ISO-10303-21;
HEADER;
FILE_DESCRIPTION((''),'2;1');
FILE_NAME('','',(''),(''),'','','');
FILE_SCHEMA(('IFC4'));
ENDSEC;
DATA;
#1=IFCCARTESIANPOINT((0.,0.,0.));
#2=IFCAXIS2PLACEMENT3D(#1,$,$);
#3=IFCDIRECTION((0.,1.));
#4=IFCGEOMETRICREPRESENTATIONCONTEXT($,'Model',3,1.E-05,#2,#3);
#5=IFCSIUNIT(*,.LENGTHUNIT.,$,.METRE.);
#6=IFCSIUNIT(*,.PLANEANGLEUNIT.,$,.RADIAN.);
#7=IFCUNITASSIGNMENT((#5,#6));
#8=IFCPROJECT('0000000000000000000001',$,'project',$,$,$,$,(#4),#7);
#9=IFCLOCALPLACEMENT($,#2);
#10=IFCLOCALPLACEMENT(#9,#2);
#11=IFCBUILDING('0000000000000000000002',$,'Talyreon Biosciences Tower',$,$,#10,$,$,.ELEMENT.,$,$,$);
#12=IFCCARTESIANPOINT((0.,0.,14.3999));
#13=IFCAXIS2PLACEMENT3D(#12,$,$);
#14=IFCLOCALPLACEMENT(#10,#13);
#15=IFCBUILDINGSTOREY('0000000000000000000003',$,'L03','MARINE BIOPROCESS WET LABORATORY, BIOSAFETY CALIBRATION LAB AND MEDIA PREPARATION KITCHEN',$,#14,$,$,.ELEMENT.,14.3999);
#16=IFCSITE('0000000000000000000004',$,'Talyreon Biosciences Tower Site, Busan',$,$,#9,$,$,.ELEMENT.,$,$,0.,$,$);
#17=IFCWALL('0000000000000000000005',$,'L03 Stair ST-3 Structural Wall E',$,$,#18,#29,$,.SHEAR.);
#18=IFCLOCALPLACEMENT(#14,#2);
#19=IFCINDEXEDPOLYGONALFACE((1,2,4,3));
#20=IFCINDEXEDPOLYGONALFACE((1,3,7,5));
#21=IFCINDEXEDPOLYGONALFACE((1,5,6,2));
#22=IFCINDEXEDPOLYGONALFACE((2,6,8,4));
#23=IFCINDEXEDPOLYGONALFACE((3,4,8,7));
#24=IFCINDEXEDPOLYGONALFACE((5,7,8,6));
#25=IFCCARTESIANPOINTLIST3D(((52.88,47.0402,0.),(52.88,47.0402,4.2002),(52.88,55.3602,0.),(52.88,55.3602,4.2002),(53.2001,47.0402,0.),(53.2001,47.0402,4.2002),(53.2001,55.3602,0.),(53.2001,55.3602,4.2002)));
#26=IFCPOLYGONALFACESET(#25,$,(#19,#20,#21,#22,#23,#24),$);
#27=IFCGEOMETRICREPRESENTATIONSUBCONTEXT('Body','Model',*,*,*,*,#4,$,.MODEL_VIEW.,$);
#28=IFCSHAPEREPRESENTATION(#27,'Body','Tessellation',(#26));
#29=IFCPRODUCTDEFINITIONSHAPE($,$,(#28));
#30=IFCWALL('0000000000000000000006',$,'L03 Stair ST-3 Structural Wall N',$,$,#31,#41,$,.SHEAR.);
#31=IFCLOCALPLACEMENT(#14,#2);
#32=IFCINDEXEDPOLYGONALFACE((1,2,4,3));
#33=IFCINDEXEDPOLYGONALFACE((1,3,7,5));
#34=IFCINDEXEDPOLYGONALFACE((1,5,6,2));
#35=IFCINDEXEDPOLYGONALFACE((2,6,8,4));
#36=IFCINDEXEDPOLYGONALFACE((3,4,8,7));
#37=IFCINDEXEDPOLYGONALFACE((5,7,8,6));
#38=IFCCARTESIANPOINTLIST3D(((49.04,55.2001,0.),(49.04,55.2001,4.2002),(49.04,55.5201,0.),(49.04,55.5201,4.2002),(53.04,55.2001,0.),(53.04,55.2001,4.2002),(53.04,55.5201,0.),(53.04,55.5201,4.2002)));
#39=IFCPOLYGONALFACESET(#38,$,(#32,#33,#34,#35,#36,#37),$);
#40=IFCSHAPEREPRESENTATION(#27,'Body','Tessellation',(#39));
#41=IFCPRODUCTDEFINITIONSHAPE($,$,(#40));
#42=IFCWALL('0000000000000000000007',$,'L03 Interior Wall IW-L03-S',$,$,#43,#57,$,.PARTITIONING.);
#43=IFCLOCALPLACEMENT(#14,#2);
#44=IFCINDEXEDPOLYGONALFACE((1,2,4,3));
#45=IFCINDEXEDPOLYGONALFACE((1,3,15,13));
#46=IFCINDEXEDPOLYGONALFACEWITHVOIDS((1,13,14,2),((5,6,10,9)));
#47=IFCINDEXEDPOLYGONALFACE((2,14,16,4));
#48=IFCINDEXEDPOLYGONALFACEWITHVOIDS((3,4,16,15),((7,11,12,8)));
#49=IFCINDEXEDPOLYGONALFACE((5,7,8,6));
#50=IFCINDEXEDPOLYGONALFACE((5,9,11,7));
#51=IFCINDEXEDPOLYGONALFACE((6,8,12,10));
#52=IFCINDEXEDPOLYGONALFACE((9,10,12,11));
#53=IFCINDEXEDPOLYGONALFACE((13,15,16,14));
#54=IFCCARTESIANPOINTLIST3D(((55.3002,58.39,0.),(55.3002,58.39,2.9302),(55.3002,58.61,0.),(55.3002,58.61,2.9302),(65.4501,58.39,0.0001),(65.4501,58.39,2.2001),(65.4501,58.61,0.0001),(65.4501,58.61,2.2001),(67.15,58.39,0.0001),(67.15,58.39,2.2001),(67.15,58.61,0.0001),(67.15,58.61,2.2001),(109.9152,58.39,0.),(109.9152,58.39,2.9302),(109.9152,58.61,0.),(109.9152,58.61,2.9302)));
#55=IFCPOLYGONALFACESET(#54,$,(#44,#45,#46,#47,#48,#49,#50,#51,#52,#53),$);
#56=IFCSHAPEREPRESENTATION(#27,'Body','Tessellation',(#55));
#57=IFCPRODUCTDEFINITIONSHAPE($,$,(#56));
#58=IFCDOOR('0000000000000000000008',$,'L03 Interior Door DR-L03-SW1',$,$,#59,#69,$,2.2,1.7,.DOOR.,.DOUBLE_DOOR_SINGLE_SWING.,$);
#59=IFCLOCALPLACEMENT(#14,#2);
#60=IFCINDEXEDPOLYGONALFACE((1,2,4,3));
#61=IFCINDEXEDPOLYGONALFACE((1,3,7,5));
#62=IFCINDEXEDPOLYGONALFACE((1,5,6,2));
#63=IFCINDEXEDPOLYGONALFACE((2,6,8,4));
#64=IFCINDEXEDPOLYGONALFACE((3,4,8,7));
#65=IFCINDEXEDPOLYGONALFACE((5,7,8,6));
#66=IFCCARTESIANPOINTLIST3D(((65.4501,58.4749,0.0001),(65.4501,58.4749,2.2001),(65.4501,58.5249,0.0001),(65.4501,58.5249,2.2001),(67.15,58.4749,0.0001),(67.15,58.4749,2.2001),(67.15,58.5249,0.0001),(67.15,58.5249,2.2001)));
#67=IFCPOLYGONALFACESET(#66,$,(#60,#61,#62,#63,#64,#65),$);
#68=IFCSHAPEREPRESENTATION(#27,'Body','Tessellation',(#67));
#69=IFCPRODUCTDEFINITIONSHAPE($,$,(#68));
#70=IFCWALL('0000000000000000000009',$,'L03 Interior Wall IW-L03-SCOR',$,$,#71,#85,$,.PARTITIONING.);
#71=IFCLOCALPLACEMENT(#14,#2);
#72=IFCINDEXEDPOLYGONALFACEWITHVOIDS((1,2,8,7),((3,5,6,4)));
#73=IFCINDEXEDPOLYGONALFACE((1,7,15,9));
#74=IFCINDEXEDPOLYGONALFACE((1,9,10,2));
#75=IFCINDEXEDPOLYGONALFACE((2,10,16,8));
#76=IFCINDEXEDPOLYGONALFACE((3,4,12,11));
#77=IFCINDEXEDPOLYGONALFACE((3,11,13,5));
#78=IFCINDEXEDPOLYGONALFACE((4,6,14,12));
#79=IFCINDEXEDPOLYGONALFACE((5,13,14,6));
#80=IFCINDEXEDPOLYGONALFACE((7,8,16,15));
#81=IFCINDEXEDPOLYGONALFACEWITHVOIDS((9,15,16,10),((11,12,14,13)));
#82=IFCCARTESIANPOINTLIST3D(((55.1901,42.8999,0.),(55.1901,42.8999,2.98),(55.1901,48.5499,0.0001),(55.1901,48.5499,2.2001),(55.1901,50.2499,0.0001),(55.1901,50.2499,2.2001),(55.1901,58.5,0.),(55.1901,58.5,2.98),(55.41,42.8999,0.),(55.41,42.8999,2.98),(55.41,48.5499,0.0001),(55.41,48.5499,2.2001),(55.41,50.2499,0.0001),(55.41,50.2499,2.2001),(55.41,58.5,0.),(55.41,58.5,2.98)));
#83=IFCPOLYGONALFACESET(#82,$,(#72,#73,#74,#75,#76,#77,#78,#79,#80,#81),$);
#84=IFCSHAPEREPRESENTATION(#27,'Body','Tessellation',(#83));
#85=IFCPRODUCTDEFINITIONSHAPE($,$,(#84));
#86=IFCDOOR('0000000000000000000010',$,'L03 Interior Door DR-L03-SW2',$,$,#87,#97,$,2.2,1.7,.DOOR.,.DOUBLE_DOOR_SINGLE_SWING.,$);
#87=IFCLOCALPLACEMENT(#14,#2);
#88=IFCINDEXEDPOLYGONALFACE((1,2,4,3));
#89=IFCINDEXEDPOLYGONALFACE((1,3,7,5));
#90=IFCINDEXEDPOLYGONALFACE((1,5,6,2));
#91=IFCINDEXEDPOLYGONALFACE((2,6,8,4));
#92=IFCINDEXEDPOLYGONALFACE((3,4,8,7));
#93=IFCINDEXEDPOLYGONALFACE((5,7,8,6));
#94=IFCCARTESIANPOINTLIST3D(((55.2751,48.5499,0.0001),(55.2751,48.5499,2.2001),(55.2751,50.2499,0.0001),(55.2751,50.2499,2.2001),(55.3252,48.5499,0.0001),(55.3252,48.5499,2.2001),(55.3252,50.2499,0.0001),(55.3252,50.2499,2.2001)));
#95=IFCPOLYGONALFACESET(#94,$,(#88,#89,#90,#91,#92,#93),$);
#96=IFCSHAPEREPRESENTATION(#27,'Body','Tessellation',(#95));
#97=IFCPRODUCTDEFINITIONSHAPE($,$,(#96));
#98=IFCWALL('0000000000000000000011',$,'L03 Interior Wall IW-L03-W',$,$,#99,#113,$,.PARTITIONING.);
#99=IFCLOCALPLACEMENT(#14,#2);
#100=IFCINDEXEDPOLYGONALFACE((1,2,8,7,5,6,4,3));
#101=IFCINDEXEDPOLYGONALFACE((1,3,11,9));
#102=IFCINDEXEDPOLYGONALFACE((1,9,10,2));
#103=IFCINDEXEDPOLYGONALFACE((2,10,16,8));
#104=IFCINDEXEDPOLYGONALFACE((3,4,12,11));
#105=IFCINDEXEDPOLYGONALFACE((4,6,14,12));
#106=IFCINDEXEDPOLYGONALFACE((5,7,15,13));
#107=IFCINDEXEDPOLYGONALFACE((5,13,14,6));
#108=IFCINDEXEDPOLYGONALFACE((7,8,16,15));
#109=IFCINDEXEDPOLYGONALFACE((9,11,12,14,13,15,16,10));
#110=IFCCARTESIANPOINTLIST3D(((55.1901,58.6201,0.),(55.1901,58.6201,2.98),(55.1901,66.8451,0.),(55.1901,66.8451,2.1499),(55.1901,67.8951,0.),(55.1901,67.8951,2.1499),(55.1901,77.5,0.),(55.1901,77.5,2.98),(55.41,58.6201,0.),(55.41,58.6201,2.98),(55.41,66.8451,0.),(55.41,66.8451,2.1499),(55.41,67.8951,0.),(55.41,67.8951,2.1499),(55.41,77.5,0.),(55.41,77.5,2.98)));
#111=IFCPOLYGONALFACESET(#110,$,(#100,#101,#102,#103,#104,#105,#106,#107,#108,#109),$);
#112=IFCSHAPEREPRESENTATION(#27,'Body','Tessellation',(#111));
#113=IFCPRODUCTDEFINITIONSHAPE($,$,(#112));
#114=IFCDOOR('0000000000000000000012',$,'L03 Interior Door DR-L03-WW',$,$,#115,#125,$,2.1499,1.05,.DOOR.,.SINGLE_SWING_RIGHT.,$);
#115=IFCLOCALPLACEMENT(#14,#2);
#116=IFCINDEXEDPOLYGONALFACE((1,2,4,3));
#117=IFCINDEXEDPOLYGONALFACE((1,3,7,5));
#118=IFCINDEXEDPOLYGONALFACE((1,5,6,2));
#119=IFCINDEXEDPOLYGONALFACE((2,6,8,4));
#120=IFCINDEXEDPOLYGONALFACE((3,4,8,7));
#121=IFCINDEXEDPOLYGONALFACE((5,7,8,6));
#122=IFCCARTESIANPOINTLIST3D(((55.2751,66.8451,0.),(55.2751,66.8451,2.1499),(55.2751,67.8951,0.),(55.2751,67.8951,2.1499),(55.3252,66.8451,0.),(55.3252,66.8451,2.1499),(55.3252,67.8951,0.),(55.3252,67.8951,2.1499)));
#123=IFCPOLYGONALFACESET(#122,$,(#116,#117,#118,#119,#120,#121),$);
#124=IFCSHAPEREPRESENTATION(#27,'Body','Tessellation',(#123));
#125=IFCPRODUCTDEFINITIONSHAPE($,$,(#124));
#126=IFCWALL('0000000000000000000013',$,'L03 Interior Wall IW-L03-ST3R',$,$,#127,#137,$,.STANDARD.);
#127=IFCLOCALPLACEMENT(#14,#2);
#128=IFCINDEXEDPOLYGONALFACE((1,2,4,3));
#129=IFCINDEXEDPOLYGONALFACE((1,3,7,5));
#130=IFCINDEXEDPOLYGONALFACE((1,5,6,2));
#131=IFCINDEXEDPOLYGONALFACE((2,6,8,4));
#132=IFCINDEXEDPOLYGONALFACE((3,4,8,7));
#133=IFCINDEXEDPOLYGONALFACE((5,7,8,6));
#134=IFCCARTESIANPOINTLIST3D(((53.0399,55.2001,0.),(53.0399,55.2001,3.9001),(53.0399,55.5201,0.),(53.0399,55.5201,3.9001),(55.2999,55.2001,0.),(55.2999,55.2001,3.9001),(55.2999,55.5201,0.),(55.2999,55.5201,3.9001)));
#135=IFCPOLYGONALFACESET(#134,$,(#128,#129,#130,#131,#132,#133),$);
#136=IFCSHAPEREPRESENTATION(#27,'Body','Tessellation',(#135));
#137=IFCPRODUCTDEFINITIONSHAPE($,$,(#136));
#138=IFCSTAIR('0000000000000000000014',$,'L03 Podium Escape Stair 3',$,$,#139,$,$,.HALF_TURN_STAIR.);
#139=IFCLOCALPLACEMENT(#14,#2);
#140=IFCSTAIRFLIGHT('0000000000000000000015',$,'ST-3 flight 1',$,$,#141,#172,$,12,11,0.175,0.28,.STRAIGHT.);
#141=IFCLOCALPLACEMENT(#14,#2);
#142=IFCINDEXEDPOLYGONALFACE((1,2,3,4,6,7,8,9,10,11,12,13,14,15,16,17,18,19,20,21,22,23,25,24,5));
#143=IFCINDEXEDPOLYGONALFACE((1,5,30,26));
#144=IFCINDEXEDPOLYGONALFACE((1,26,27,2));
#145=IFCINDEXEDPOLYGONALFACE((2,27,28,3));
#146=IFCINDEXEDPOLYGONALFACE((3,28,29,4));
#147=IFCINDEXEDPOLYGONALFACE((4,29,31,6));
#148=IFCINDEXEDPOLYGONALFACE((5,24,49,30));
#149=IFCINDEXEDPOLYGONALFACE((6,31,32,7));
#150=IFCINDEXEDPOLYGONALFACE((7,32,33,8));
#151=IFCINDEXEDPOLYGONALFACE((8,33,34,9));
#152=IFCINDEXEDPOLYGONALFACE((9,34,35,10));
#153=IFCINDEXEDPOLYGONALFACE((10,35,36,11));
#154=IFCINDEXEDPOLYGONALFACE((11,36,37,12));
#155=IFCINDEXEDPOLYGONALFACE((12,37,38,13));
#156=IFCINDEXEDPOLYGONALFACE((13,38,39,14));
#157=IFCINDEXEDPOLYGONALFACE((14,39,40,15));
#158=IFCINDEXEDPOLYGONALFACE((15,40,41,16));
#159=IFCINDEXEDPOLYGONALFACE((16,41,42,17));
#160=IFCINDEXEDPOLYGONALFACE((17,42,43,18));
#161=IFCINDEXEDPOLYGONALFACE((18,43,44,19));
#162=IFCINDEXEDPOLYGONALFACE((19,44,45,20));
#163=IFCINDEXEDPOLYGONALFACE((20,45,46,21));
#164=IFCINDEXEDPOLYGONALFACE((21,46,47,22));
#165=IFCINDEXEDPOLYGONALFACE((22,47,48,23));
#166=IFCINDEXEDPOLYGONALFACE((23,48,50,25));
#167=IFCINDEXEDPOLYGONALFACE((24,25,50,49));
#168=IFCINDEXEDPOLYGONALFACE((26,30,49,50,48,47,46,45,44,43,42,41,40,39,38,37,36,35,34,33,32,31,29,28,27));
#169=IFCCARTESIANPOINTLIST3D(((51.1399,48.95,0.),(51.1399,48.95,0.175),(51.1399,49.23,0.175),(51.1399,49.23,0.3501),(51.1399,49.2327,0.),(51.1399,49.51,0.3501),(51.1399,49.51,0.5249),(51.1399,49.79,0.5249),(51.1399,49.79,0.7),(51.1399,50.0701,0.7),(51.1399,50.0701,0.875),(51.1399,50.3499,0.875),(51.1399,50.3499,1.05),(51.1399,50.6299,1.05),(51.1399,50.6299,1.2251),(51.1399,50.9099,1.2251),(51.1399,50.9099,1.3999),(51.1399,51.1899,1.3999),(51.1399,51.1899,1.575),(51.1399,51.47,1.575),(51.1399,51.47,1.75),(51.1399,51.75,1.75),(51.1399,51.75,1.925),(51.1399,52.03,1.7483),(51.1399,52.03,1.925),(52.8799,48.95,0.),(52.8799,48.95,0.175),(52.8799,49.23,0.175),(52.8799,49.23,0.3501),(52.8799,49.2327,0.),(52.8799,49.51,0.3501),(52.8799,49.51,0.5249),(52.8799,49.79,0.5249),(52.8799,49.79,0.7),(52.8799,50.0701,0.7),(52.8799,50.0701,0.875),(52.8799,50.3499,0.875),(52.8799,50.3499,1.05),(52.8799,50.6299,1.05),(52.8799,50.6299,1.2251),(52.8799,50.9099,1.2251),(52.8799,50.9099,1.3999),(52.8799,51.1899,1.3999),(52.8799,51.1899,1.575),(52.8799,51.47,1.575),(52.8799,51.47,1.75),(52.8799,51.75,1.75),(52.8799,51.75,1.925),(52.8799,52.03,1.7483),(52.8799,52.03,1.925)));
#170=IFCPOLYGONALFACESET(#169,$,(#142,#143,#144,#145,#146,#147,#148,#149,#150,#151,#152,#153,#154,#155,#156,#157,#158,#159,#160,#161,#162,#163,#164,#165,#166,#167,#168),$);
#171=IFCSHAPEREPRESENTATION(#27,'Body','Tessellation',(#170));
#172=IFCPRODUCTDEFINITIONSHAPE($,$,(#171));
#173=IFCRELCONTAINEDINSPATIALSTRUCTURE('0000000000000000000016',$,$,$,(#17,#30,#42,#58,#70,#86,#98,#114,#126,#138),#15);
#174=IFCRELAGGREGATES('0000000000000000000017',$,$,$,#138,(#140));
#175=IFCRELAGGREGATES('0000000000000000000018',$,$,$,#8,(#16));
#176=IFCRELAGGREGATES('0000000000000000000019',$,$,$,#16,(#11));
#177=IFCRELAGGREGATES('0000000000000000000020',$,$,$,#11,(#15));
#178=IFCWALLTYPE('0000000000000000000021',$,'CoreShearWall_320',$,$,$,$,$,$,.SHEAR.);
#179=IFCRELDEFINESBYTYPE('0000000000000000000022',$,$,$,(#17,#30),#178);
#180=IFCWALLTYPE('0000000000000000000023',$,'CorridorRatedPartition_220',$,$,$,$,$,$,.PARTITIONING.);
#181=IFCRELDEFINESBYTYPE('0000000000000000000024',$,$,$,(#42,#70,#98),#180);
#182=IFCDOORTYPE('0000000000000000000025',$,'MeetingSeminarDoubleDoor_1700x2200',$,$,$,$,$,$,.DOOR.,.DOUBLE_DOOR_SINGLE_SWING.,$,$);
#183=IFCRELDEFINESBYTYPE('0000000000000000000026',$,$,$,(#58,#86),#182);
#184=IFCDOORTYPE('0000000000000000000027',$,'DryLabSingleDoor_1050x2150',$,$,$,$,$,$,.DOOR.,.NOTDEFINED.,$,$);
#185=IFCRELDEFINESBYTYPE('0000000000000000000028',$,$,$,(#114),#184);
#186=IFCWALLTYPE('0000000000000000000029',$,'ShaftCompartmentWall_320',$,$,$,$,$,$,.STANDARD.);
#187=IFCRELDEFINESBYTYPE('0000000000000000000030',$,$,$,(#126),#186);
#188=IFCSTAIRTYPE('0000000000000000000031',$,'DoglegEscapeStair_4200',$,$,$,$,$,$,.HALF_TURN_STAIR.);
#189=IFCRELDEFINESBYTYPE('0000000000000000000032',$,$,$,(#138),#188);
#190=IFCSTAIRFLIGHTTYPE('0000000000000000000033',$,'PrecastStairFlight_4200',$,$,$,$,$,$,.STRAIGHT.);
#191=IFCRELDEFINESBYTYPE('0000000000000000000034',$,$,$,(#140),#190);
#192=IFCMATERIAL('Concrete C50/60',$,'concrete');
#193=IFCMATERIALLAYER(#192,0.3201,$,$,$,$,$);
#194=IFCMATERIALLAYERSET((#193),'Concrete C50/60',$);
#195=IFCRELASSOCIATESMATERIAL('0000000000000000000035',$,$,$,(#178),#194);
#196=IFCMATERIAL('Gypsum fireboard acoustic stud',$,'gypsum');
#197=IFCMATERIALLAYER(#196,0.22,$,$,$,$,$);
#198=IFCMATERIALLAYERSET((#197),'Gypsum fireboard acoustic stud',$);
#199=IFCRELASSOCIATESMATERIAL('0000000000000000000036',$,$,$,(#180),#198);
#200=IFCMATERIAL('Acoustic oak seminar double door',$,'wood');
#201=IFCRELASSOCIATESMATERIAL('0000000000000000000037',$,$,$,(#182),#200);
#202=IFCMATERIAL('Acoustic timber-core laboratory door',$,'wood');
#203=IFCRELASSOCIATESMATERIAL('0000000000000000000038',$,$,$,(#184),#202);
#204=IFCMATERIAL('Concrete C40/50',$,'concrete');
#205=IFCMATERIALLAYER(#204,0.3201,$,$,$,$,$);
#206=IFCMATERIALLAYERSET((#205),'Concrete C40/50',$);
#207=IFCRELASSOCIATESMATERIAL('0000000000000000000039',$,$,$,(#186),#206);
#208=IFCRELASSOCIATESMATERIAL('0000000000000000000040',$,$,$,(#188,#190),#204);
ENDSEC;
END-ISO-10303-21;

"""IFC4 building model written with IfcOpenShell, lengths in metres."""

from ifc_helpers import new_model, si_unit, direction, frame, frame_2d, origin, place, context, subcontext, project, spatial, polyline, rectangle, outline, extrude, material, layer, layer_set, type_object, element, fill, aggregate, save


model = new_model("IFC4")

# Units and contexts
model_context = context("Model", 3, precision=1e-05, world=origin(), true_north=direction((0.0, 1.0)))
body_context = subcontext(model_context, "Body", "Model", "MODEL_VIEW")
ifc_project = project(units=[si_unit("LENGTHUNIT", "METRE"), si_unit("PLANEANGLEUNIT", "RADIAN")], contexts=[model_context])

# Site, building, storey
site_placement = place(None, origin())
site = spatial("IfcSite", under=ifc_project, at=site_placement, Name="Talyreon Biosciences Tower Site, Busan", CompositionType="ELEMENT", RefElevation=0.0)
building_placement = place(site_placement, origin())
building = spatial("IfcBuilding", under=site, at=building_placement, Name="Talyreon Biosciences Tower", CompositionType="ELEMENT")
storey_placement = place(building_placement, frame((0.0, 0.0, 14.3999)))
storey = spatial("IfcBuildingStorey", under=building, at=storey_placement, Name="L03", Description="MARINE BIOPROCESS WET LABORATORY, BIOSAFETY CALIBRATION LAB AND MEDIA PREPARATION KITCHEN", CompositionType="ELEMENT", Elevation=14.3999)

# Walls
ifc_material_1 = material(Name="Concrete C50/60", Category="concrete")
ifc_layer_1 = layer(ifc_material_1, 0.3201)
ifc_layer_set_1 = layer_set([ifc_layer_1], Name="Concrete C50/60")
wall_type_1 = type_object("IfcWallType", Name="CoreShearWall_320", PredefinedType="SHEAR", material=ifc_layer_set_1)
wall_1_placement = place(storey_placement, frame((53.04, 47.04, 0.0), z_axis=(0.0, 0.0, 1.0), x_axis=(0.0, 1.0, 0.0)))
element("IfcWall", 1, at=wall_1_placement, inside=storey, type_object=wall_type_1, Name="L03 Stair ST-3 Structural Wall E", PredefinedType="SHEAR", context=body_context, shape_type="SweptSolid", body=[
    extrude(rectangle(XDim=8.3201, YDim=0.3201, at=frame_2d((4.1602, 0.0))), origin(), (0.0, 0.0, 1.0), 4.2002),
])
wall_2_placement = place(storey_placement, frame((49.04, 55.3601, 0.0), z_axis=(0.0, 0.0, 1.0), x_axis=(1.0, 0.0, 0.0)))
element("IfcWall", 2, at=wall_2_placement, inside=storey, type_object=wall_type_1, Name="L03 Stair ST-3 Structural Wall N", PredefinedType="SHEAR", context=body_context, shape_type="SweptSolid", body=[
    extrude(rectangle(XDim=4.0, YDim=0.3201, at=frame_2d((2.0, 0.0))), origin(), (0.0, 0.0, 1.0), 4.2002),
])

# Walls, openings, doors
ifc_material_2 = material(Name="Gypsum fireboard acoustic stud", Category="gypsum")
ifc_layer_2 = layer(ifc_material_2, 0.22)
ifc_layer_set_2 = layer_set([ifc_layer_2], Name="Gypsum fireboard acoustic stud")
wall_type_2 = type_object("IfcWallType", Name="CorridorRatedPartition_220", PredefinedType="PARTITIONING", material=ifc_layer_set_2)
wall_3_placement = place(storey_placement, frame((55.3, 58.5, 0.0), z_axis=(0.0, 0.0, 1.0), x_axis=(1.0, 0.0, 0.0)))
wall_3 = element("IfcWall", 3, at=wall_3_placement, inside=storey, type_object=wall_type_2, Name="L03 Interior Wall IW-L03-S", PredefinedType="PARTITIONING", context=body_context, shape_type="SweptSolid", body=[
    extrude(rectangle(XDim=54.615, YDim=0.22, at=frame_2d((27.3076, 0.0))), origin(), (0.0, 0.0, 1.0), 2.9302),
])
opening_1_placement = place(wall_3_placement, frame((10.1499, 0.0, 0.0)))
opening_1 = element("IfcOpeningElement", 4, at=opening_1_placement, cuts=wall_3, PredefinedType="OPENING", context=body_context, shape_type="SweptSolid", body=[
    extrude(rectangle(XDim=1.7, YDim=2.2, at=frame_2d((0.8501, 1.1001))), frame((0.0, 0.1199, 0.0), z_axis=(0.0, -1.0, 0.0), x_axis=(1.0, 0.0, 0.0)), (0.0, 0.0, 1.0), 0.24),
])
ifc_material_3 = material(Name="Acoustic oak seminar double door", Category="wood")
door_type_1 = type_object("IfcDoorType", Name="MeetingSeminarDoubleDoor_1700x2200", OperationType="DOUBLE_DOOR_SINGLE_SWING", PredefinedType="DOOR", material=ifc_material_3)
door_1_placement = place(opening_1_placement, origin())
door_1 = element("IfcDoor", 5, at=door_1_placement, inside=storey, type_object=door_type_1, Name="L03 Interior Door DR-L03-SW1", OperationType="DOUBLE_DOOR_SINGLE_SWING", OverallHeight=2.2, OverallWidth=1.7, PredefinedType="DOOR", context=body_context, shape_type="SweptSolid", body=[
    extrude(rectangle(XDim=1.7, YDim=2.2, at=frame_2d((0.8501, 1.1001))), frame((0.0, 0.0249, 0.0), z_axis=(0.0, -1.0, 0.0), x_axis=(1.0, 0.0, 0.0)), (0.0, 0.0, 1.0), 0.05),
])
fill(opening_1, door_1)
wall_4_placement = place(storey_placement, frame((55.3, 42.8999, 0.0), z_axis=(0.0, 0.0, 1.0), x_axis=(0.0, 1.0, 0.0)))
wall_4 = element("IfcWall", 6, at=wall_4_placement, inside=storey, type_object=wall_type_2, Name="L03 Interior Wall IW-L03-SCOR", PredefinedType="PARTITIONING", context=body_context, shape_type="SweptSolid", body=[
    extrude(rectangle(XDim=15.6001, YDim=0.22, at=frame_2d((7.8, 0.0))), origin(), (0.0, 0.0, 1.0), 2.98),
])
opening_2_placement = place(wall_4_placement, frame((5.6499, 0.0, 0.0)))
opening_2 = element("IfcOpeningElement", 7, at=opening_2_placement, cuts=wall_4, PredefinedType="OPENING", context=body_context, shape_type="SweptSolid", body=[
    extrude(rectangle(XDim=1.7, YDim=2.2, at=frame_2d((0.8501, 1.1001))), frame((0.0, 0.1199, 0.0), z_axis=(0.0, -1.0, 0.0), x_axis=(1.0, 0.0, 0.0)), (0.0, 0.0, 1.0), 0.24),
])
door_2_placement = place(opening_2_placement, origin())
door_2 = element("IfcDoor", 8, at=door_2_placement, inside=storey, type_object=door_type_1, Name="L03 Interior Door DR-L03-SW2", OperationType="DOUBLE_DOOR_SINGLE_SWING", OverallHeight=2.2, OverallWidth=1.7, PredefinedType="DOOR", context=body_context, shape_type="SweptSolid", body=[
    extrude(rectangle(XDim=1.7, YDim=2.2, at=frame_2d((0.8501, 1.1001))), frame((0.0, 0.0249, 0.0), z_axis=(0.0, -1.0, 0.0), x_axis=(1.0, 0.0, 0.0)), (0.0, 0.0, 1.0), 0.05),
])
fill(opening_2, door_2)
wall_5_placement = place(storey_placement, frame((55.3, 58.6201, 0.0), z_axis=(0.0, 0.0, 1.0), x_axis=(0.0, 1.0, 0.0)))
wall_5 = element("IfcWall", 9, at=wall_5_placement, inside=storey, type_object=wall_type_2, Name="L03 Interior Wall IW-L03-W", PredefinedType="PARTITIONING", context=body_context, shape_type="SweptSolid", body=[
    extrude(rectangle(XDim=18.8799, YDim=0.22, at=frame_2d((9.4399, 0.0))), origin(), (0.0, 0.0, 1.0), 2.98),
])
opening_3_placement = place(wall_5_placement, frame((8.2251, 0.0, 0.0)))
opening_3 = element("IfcOpeningElement", 10, at=opening_3_placement, cuts=wall_5, PredefinedType="OPENING", context=body_context, shape_type="SweptSolid", body=[
    extrude(rectangle(XDim=1.05, YDim=2.1499, at=frame_2d((0.5249, 1.075))), frame((0.0, 0.1199, 0.0), z_axis=(0.0, -1.0, 0.0), x_axis=(1.0, 0.0, 0.0)), (0.0, 0.0, 1.0), 0.24),
])
ifc_material_4 = material(Name="Acoustic timber-core laboratory door", Category="wood")
door_type_2 = type_object("IfcDoorType", Name="DryLabSingleDoor_1050x2150", OperationType="NOTDEFINED", PredefinedType="DOOR", material=ifc_material_4)
door_3_placement = place(opening_3_placement, origin())
door_3 = element("IfcDoor", 11, at=door_3_placement, inside=storey, type_object=door_type_2, Name="L03 Interior Door DR-L03-WW", OperationType="SINGLE_SWING_RIGHT", OverallHeight=2.1499, OverallWidth=1.05, PredefinedType="DOOR", context=body_context, shape_type="SweptSolid", body=[
    extrude(rectangle(XDim=1.05, YDim=2.1499, at=frame_2d((0.5249, 1.075))), frame((0.0, 0.0249, 0.0), z_axis=(0.0, -1.0, 0.0), x_axis=(1.0, 0.0, 0.0)), (0.0, 0.0, 1.0), 0.05),
])
fill(opening_3, door_3)

# Wall
ifc_material_5 = material(Name="Concrete C40/50", Category="concrete")
ifc_layer_3 = layer(ifc_material_5, 0.3201)
ifc_layer_set_3 = layer_set([ifc_layer_3], Name="Concrete C40/50")
wall_type_3 = type_object("IfcWallType", Name="ShaftCompartmentWall_320", PredefinedType="STANDARD", material=ifc_layer_set_3)
wall_6_placement = place(storey_placement, frame((53.04, 55.3601, 0.0), z_axis=(0.0, 0.0, 1.0), x_axis=(1.0, 0.0, 0.0)))
element("IfcWall", 12, at=wall_6_placement, inside=storey, type_object=wall_type_3, Name="L03 Interior Wall IW-L03-ST3R", PredefinedType="STANDARD", context=body_context, shape_type="SweptSolid", body=[
    extrude(rectangle(XDim=2.26, YDim=0.3201, at=frame_2d((1.1299, 0.0))), origin(), (0.0, 0.0, 1.0), 3.9001),
])

# Stair, stair flight
stair_type = type_object("IfcStairType", Name="DoglegEscapeStair_4200", PredefinedType="HALF_TURN_STAIR", material=ifc_material_5)
stair_placement = place(storey_placement, origin())
stair = element("IfcStair", 13, at=stair_placement, inside=storey, type_object=stair_type, Name="L03 Podium Escape Stair 3", PredefinedType="HALF_TURN_STAIR")
stair_flight_type = type_object("IfcStairFlightType", Name="PrecastStairFlight_4200", PredefinedType="STRAIGHT", material=ifc_material_5)
stair_flight_1_placement = place(storey_placement, frame((52.01, 48.95, 0.0), z_axis=(0.0, 0.0, 1.0), x_axis=(0.0, 1.0, 0.0)))
stair_flight_1 = element("IfcStairFlight", 14, at=stair_flight_1_placement, type_object=stair_flight_type, Name="ST-3 flight 1", NumberOfRisers=12, NumberOfTreads=11, PredefinedType="STRAIGHT", RiserHeight=0.175, TreadLength=0.28, context=body_context, shape_type="SweptSolid", body=[
    extrude(outline(polyline([(0.0, 0.0), (0.0, 0.175), (0.28, 0.175), (0.28, 0.3501), (0.5601, 0.3501), (0.5601, 0.5249), (0.8401, 0.5249), (0.8401, 0.7), (1.1201, 0.7), (1.1201, 0.875), (1.3999, 0.875), (1.3999, 1.05), (1.6799, 1.05), (1.6799, 1.2251), (1.96, 1.2251), (1.96, 1.3999), (2.24, 1.3999), (2.24, 1.575), (2.52, 1.575), (2.52, 1.75), (2.8, 1.75), (2.8, 1.925), (3.0801, 1.925), (3.0801, 2.1001), (3.0801, 1.7483), (0.2827, 0.0), (0.0, 0.0)])), frame((0.0, 0.8701, 0.0), z_axis=(0.0, -1.0, 0.0), x_axis=(1.0, 0.0, 0.0)), (0.0, 0.0, 1.0), 1.74),
])
aggregate(stair, [stair_flight_1])

save(model, "model.ifc")
